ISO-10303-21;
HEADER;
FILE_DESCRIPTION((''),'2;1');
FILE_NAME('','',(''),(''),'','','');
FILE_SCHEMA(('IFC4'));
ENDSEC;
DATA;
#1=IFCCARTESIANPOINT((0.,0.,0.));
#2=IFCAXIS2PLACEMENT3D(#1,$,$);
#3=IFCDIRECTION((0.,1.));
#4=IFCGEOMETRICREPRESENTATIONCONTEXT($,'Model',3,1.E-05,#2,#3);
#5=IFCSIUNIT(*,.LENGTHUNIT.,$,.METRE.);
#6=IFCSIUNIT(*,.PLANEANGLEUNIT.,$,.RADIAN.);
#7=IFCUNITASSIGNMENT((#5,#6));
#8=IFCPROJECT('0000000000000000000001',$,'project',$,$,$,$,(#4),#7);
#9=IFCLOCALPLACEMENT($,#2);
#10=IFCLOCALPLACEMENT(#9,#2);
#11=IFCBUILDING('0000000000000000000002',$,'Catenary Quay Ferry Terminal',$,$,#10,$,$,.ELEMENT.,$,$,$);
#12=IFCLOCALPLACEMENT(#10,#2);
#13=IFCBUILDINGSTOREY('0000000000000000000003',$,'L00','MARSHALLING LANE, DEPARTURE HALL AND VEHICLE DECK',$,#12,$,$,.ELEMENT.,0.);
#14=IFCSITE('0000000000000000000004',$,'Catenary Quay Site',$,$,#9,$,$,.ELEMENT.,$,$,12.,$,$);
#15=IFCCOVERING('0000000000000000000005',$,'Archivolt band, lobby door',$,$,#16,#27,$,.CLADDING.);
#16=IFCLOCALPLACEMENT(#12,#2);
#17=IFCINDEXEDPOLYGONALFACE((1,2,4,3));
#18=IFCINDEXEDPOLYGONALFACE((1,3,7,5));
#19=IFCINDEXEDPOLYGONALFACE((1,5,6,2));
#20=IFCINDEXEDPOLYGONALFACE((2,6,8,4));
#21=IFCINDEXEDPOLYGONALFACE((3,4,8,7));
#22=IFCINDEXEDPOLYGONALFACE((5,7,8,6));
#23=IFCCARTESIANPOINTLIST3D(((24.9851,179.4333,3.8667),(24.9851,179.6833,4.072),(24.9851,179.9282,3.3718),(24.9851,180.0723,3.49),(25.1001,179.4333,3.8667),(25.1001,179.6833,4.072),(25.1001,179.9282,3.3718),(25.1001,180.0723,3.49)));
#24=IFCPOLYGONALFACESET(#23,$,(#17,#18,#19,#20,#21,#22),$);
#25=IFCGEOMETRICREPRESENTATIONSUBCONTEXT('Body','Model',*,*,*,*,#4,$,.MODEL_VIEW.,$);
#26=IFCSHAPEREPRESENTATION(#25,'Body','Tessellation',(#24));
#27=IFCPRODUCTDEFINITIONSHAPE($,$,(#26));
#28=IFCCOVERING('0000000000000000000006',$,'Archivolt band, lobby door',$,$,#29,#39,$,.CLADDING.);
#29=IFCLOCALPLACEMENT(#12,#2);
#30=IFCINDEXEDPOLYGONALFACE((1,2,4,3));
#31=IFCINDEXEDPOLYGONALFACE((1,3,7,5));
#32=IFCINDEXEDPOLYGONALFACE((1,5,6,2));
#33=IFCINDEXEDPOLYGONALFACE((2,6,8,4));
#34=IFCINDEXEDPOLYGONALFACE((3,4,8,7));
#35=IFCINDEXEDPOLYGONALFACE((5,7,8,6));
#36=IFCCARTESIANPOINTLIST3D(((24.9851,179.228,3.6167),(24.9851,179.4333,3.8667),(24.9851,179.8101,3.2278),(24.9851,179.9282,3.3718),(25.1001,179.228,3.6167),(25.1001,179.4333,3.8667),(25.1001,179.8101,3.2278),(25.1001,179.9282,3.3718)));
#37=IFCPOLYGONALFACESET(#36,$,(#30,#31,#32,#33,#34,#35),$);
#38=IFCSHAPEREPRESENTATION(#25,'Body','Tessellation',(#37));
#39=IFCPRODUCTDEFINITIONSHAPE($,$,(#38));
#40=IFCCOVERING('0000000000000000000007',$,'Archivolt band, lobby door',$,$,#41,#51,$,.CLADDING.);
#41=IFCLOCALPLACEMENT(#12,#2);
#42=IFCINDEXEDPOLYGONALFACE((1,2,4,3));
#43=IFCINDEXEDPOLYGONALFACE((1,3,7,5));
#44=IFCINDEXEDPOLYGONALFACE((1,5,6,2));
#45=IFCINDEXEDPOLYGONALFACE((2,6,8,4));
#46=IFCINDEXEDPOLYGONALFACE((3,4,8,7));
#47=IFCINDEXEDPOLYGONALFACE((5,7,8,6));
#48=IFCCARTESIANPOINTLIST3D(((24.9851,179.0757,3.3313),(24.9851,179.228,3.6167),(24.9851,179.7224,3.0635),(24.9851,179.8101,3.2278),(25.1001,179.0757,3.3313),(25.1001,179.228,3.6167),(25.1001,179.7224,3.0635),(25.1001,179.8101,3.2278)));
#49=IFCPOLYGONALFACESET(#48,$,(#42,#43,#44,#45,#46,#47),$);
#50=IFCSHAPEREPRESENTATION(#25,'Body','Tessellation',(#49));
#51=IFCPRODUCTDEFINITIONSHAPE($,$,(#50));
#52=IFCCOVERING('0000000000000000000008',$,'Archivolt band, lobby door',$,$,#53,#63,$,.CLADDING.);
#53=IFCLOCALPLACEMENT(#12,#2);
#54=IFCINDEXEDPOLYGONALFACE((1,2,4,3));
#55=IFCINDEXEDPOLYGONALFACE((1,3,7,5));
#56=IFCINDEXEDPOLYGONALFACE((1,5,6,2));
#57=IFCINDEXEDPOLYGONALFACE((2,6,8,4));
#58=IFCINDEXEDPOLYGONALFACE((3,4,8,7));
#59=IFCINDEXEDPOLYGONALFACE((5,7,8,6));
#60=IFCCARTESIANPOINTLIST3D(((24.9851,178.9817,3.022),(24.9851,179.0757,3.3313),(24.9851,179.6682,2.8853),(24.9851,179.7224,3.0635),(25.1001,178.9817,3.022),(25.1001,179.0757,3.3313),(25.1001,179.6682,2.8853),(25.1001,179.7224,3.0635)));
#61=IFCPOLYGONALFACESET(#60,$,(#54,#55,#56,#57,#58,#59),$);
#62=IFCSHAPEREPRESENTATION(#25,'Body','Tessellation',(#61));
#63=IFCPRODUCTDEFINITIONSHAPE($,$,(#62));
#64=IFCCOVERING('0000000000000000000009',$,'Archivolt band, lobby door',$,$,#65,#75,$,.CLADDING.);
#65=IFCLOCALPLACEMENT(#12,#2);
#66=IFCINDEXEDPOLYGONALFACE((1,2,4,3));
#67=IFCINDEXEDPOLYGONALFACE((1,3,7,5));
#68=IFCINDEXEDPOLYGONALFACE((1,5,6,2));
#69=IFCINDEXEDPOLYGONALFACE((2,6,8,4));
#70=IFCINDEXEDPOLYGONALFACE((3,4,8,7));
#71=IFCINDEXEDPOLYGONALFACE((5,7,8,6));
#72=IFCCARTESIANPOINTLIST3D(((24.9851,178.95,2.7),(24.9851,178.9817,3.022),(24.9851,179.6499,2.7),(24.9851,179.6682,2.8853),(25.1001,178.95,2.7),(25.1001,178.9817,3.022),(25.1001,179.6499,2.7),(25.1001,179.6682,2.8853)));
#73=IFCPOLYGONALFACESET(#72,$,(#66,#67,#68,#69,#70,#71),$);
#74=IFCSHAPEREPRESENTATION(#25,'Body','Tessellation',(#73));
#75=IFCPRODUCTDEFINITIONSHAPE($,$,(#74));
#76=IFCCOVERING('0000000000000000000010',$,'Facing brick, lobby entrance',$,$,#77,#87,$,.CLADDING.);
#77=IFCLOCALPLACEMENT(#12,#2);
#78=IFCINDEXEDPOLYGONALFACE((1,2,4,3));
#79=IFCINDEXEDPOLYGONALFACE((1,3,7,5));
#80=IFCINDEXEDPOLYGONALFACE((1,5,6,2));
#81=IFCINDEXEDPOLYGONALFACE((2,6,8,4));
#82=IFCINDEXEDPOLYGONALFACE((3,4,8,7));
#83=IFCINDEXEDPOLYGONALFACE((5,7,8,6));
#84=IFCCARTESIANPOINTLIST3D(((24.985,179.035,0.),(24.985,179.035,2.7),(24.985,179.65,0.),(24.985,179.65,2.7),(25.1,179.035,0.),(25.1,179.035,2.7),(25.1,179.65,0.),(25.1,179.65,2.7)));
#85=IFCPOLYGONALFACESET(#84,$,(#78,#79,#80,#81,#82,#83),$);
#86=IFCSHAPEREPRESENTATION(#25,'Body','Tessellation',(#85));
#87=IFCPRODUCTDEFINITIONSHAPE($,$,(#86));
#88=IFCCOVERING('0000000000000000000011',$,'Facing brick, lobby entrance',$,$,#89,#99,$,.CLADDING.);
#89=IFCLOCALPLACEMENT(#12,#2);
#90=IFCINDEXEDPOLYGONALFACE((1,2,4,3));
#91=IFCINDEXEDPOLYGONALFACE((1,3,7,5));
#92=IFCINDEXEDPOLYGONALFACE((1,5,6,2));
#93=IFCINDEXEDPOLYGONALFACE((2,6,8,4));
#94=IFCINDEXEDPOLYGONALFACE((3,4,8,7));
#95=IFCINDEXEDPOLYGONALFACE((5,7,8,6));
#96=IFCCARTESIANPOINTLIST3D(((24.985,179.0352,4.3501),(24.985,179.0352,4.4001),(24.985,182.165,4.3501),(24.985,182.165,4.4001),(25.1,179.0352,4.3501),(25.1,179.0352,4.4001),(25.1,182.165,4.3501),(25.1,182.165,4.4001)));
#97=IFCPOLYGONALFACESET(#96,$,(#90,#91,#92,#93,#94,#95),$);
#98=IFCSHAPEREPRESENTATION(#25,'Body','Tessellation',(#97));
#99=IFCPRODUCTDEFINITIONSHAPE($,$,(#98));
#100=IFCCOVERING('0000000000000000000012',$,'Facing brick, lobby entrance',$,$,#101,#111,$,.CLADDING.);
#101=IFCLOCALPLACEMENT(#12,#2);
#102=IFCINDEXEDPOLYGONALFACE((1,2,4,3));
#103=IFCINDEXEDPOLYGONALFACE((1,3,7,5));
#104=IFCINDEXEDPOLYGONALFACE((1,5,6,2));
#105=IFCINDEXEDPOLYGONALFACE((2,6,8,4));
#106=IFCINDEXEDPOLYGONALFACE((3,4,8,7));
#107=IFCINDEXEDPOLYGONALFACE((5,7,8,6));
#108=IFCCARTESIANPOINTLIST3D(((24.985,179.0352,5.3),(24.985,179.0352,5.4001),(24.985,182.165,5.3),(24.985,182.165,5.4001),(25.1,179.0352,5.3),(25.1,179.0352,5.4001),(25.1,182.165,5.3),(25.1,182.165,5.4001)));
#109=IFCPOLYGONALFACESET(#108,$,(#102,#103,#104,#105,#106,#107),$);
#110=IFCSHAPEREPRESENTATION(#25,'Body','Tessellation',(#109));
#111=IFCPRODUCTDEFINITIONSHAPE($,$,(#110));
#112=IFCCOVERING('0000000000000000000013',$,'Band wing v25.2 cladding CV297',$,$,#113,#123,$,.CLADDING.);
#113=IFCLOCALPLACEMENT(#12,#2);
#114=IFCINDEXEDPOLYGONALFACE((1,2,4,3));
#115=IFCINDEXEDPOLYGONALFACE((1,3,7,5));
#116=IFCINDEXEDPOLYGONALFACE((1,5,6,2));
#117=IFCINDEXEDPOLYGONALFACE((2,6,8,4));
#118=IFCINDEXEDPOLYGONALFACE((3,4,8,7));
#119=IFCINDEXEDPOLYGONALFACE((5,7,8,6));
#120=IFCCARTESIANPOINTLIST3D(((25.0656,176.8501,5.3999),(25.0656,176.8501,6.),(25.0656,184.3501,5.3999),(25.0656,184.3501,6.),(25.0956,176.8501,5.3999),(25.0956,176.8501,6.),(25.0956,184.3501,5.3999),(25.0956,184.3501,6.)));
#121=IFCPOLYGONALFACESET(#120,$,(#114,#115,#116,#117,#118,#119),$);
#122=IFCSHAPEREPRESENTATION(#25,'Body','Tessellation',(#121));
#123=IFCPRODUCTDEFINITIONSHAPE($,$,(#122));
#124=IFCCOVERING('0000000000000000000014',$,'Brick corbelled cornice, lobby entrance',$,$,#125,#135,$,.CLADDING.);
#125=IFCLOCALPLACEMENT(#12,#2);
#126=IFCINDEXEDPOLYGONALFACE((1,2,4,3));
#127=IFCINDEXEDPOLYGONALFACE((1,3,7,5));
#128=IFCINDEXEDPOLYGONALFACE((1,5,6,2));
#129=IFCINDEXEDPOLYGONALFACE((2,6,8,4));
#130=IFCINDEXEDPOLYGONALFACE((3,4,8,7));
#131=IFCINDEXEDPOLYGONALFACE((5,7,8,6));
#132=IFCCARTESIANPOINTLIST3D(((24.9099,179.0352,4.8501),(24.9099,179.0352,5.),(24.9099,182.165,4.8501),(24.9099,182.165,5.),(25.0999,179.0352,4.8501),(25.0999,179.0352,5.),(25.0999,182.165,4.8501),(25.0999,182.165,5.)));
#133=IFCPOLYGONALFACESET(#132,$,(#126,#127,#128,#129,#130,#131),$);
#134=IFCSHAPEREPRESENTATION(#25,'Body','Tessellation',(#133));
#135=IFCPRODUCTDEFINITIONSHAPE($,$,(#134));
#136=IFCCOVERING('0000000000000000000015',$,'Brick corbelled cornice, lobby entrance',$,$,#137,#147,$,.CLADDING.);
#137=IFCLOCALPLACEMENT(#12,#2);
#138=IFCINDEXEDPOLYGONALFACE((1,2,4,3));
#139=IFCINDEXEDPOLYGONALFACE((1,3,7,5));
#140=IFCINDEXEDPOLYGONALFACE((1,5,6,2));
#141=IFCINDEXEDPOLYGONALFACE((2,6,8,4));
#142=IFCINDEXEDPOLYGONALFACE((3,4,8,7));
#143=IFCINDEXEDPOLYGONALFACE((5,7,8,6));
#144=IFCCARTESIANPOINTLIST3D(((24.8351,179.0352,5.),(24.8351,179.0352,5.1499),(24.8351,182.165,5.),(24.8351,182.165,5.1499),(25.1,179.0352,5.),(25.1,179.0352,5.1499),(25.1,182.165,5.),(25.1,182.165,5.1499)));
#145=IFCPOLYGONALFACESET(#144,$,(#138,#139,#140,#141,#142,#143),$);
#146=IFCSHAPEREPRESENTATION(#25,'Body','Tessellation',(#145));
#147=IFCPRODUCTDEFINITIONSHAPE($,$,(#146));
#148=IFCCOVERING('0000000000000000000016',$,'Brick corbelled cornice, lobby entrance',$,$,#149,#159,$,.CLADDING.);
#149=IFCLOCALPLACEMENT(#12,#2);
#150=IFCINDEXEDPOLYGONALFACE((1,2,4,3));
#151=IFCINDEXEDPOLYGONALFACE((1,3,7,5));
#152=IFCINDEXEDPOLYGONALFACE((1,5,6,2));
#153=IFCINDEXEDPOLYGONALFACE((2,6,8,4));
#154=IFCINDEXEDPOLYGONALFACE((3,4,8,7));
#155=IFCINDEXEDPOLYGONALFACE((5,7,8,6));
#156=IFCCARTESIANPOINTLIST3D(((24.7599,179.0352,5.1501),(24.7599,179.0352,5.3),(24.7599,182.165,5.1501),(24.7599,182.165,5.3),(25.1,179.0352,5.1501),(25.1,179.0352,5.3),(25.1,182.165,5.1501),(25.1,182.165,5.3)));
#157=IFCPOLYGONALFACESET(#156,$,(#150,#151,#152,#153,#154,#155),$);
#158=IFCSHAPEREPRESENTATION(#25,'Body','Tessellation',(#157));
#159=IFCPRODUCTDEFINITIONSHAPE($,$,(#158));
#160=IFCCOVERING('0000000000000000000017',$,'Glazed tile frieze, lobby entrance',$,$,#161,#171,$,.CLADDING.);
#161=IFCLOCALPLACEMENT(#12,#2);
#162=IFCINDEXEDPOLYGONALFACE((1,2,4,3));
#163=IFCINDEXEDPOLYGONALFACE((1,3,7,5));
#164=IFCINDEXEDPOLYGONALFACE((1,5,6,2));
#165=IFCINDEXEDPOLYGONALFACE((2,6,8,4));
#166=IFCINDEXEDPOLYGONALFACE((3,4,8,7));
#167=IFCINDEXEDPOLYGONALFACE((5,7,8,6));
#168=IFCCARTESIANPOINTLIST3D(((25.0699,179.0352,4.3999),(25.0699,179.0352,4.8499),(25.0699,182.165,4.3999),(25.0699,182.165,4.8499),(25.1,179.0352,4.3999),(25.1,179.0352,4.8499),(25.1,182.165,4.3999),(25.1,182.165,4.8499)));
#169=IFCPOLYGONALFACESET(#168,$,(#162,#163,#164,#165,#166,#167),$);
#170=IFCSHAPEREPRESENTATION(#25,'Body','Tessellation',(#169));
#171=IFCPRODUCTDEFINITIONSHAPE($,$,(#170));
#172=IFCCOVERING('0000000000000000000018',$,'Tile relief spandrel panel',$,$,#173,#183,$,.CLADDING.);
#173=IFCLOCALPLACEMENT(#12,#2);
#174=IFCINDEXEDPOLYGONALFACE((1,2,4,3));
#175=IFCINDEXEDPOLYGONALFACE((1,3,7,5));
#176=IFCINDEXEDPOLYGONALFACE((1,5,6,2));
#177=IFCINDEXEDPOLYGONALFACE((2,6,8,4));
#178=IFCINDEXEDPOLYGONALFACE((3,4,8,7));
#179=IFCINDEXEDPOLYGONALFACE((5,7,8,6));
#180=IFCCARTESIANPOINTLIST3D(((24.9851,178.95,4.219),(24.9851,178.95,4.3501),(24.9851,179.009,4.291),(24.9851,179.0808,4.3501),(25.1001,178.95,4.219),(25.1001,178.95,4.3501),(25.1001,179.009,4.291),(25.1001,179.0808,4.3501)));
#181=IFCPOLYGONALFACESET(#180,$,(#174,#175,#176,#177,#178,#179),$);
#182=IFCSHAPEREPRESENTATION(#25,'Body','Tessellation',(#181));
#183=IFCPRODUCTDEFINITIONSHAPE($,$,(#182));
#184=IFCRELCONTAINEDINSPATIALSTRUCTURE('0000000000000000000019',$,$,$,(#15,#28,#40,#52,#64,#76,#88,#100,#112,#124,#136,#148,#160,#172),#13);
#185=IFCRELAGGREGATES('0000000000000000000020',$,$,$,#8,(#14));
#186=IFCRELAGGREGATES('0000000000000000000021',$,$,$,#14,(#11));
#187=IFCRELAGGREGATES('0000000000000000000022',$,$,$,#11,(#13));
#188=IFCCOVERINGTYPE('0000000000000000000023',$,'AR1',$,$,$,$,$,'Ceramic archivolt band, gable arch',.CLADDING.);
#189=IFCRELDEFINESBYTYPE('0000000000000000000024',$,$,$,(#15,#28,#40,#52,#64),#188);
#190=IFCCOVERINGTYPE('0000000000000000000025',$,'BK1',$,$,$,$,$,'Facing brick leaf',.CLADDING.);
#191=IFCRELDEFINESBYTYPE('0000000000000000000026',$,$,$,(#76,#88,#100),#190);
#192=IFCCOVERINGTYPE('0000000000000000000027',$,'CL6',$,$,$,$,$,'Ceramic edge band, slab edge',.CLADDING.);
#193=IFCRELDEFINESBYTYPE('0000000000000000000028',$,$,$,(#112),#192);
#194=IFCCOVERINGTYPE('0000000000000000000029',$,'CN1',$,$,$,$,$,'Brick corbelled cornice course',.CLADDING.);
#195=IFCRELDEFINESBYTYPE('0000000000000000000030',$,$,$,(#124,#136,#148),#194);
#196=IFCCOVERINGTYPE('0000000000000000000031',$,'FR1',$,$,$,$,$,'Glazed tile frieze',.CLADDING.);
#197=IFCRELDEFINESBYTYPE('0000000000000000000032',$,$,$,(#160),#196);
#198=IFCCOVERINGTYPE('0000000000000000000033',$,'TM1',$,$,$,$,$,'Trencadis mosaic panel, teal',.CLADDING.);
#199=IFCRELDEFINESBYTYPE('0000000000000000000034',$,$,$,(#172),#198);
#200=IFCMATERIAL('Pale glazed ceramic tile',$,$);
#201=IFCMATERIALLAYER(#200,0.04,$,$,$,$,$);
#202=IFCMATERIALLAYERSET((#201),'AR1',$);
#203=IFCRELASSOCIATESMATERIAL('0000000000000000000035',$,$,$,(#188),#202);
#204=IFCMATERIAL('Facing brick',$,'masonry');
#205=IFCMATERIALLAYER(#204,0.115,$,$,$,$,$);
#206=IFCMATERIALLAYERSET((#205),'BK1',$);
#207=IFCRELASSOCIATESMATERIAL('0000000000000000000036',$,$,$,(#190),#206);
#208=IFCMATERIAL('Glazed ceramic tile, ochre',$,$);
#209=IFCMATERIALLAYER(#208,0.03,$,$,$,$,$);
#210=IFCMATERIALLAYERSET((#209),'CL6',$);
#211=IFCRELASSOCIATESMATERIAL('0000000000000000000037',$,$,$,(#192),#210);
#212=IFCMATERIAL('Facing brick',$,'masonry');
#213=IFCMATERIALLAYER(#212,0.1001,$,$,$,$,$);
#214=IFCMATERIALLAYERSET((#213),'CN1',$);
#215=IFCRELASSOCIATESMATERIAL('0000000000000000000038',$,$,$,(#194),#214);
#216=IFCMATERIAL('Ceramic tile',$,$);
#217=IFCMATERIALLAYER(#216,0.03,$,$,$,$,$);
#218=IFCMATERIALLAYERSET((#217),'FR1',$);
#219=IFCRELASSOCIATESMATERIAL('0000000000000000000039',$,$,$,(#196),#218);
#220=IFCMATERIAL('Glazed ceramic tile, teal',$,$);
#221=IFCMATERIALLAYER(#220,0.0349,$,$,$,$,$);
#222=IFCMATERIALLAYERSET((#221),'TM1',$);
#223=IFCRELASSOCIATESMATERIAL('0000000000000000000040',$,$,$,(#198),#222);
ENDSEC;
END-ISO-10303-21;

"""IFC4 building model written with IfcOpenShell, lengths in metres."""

from ifc_helpers import new_model, si_unit, direction, frame, origin, origin_2d, place, context, subcontext, project, spatial, polyline, rectangle, outline, extrude, material, layer, layer_set, type_object, element, save


model = new_model("IFC4")

# Units and contexts
model_context = context("Model", 3, precision=1e-05, world=origin(), true_north=direction((0.0, 1.0)))
body_context = subcontext(model_context, "Body", "Model", "MODEL_VIEW")
ifc_project = project(units=[si_unit("LENGTHUNIT", "METRE"), si_unit("PLANEANGLEUNIT", "RADIAN")], contexts=[model_context])

# Site, building, storey
site_placement = place(None, origin())
site = spatial("IfcSite", under=ifc_project, at=site_placement, Name="Catenary Quay Site", CompositionType="ELEMENT", RefElevation=12.0)
building_placement = place(site_placement, origin())
building = spatial("IfcBuilding", under=site, at=building_placement, Name="Catenary Quay Ferry Terminal", CompositionType="ELEMENT")
storey_placement = place(building_placement, origin())
storey = spatial("IfcBuildingStorey", under=building, at=storey_placement, Name="L00", Description="MARSHALLING LANE, DEPARTURE HALL AND VEHICLE DECK", CompositionType="ELEMENT", Elevation=0.0)

# Coverings
ifc_material_1 = material(Name="Pale glazed ceramic tile")
ifc_layer_1 = layer(ifc_material_1, 0.04)
ifc_layer_set_1 = layer_set([ifc_layer_1], Name="AR1")
covering_type_1 = type_object("IfcCoveringType", Name="AR1", ElementType="Ceramic archivolt band, gable arch", PredefinedType="CLADDING", material=ifc_layer_set_1)
covering_1_placement = place(storey_placement, frame((25.1001, 179.6833, 4.072), z_axis=(1.0, 0.0, 0.0), x_axis=(0.0, -0.772779, -0.634675)))
element("IfcCovering", 1, at=covering_1_placement, inside=storey, type_object=covering_type_1, Name="Archivolt band, lobby door", PredefinedType="CLADDING", context=body_context, shape_type="SweptSolid", body=[
    extrude(outline(polyline([(0.0, 0.0), (0.3235, 0.0), (0.2552, 0.6965), (0.0689, 0.6966), (0.0, 0.0)])), origin(), (0.0, 0.0, -1.0), 0.115),
])
covering_2_placement = place(storey_placement, frame((25.1001, 179.4333, 3.8667), z_axis=(1.0, 0.0, 0.0), x_axis=(0.0, -0.634675, -0.772779)))
element("IfcCovering", 2, at=covering_2_placement, inside=storey, type_object=covering_type_1, Name="Archivolt band, lobby door", PredefinedType="CLADDING", context=body_context, shape_type="SweptSolid", body=[
    extrude(outline(polyline([(0.0, 0.0), (0.3235, 0.0), (0.2547, 0.6966), (0.0683, 0.6965), (0.0, 0.0)])), origin(), (0.0, 0.0, -1.0), 0.115),
])
covering_3_placement = place(storey_placement, frame((25.1001, 179.228, 3.6167), z_axis=(1.0, 0.0, 0.0), x_axis=(0.0, -0.470902, -0.882186)))
element("IfcCovering", 3, at=covering_3_placement, inside=storey, type_object=covering_type_1, Name="Archivolt band, lobby door", PredefinedType="CLADDING", context=body_context, shape_type="SweptSolid", body=[
    extrude(outline(polyline([(0.0, 0.0), (0.3235, 0.0), (0.2552, 0.6967), (0.069, 0.6966), (0.0, 0.0)])), origin(), (0.0, 0.0, -1.0), 0.115),
])
covering_4_placement = place(storey_placement, frame((25.1001, 179.0757, 3.3313), z_axis=(1.0, 0.0, 0.0), x_axis=(0.0, -0.290741, -0.956802)))
element("IfcCovering", 4, at=covering_4_placement, inside=storey, type_object=covering_type_1, Name="Archivolt band, lobby door", PredefinedType="CLADDING", context=body_context, shape_type="SweptSolid", body=[
    extrude(outline(polyline([(0.0, 0.0), (0.3233, 0.0), (0.2545, 0.6966), (0.0682, 0.6967), (0.0, 0.0)])), origin(), (0.0, 0.0, -1.0), 0.115),
])
covering_5_placement = place(storey_placement, frame((25.1001, 178.9817, 3.022), z_axis=(1.0, 0.0, 0.0), x_axis=(0.0, -0.098084, -0.995178)))
element("IfcCovering", 5, at=covering_5_placement, inside=storey, type_object=covering_type_1, Name="Archivolt band, lobby door", PredefinedType="CLADDING", context=body_context, shape_type="SweptSolid", body=[
    extrude(outline(polyline([(0.0, 0.0), (0.3236, 0.0), (0.2549, 0.6966), (0.0687, 0.6966), (0.0, 0.0)])), origin(), (0.0, 0.0, -1.0), 0.115),
])
ifc_material_2 = material(Name="Facing brick", Category="masonry")
ifc_layer_2 = layer(ifc_material_2, 0.115)
ifc_layer_set_2 = layer_set([ifc_layer_2], Name="BK1")
covering_type_2 = type_object("IfcCoveringType", Name="BK1", ElementType="Facing brick leaf", PredefinedType="CLADDING", material=ifc_layer_set_2)
covering_6_placement = place(storey_placement, frame((25.0425, 179.3425, 0.0), z_axis=(0.0, 0.0, 1.0), x_axis=(1.0, 0.0, 0.0)))
element("IfcCovering", 6, at=covering_6_placement, inside=storey, type_object=covering_type_2, Name="Facing brick, lobby entrance", PredefinedType="CLADDING", context=body_context, shape_type="SweptSolid", body=[
    extrude(rectangle(XDim=0.115, YDim=0.615, at=origin_2d()), origin(), (0.0, 0.0, 1.0), 2.7),
])
covering_7_placement = place(storey_placement, frame((25.0425, 180.6001, 4.3501), z_axis=(0.0, 0.0, 1.0), x_axis=(1.0, 0.0, 0.0)))
element("IfcCovering", 7, at=covering_7_placement, inside=storey, type_object=covering_type_2, Name="Facing brick, lobby entrance", PredefinedType="CLADDING", context=body_context, shape_type="SweptSolid", body=[
    extrude(rectangle(XDim=0.115, YDim=3.1299, at=origin_2d()), origin(), (0.0, 0.0, 1.0), 0.05),
])
covering_8_placement = place(storey_placement, frame((25.0425, 180.6001, 5.3), z_axis=(0.0, 0.0, 1.0), x_axis=(1.0, 0.0, 0.0)))
element("IfcCovering", 8, at=covering_8_placement, inside=storey, type_object=covering_type_2, Name="Facing brick, lobby entrance", PredefinedType="CLADDING", context=body_context, shape_type="SweptSolid", body=[
    extrude(rectangle(XDim=0.115, YDim=3.1299, at=origin_2d()), origin(), (0.0, 0.0, 1.0), 0.1001),
])
ifc_material_3 = material(Name="Glazed ceramic tile, ochre")
ifc_layer_3 = layer(ifc_material_3, 0.03)
ifc_layer_set_3 = layer_set([ifc_layer_3], Name="CL6")
covering_type_3 = type_object("IfcCoveringType", Name="CL6", ElementType="Ceramic edge band, slab edge", PredefinedType="CLADDING", material=ifc_layer_set_3)
covering_9_placement = place(storey_placement, frame((25.0806, 180.6001, 5.3999), z_axis=(0.0, 0.0, 1.0), x_axis=(1.0, 0.0, 0.0)))
element("IfcCovering", 9, at=covering_9_placement, inside=storey, type_object=covering_type_3, Name="Band wing v25.2 cladding CV297", PredefinedType="CLADDING", context=body_context, shape_type="SweptSolid", body=[
    extrude(rectangle(XDim=0.03, YDim=7.5, at=origin_2d()), origin(), (0.0, 0.0, 1.0), 0.6001),
])
ifc_material_4 = material(Name="Facing brick", Category="masonry")
ifc_layer_4 = layer(ifc_material_4, 0.1001)
ifc_layer_set_4 = layer_set([ifc_layer_4], Name="CN1")
covering_type_4 = type_object("IfcCoveringType", Name="CN1", ElementType="Brick corbelled cornice course", PredefinedType="CLADDING", material=ifc_layer_set_4)
covering_10_placement = place(storey_placement, frame((25.0049, 180.6001, 4.8501), z_axis=(0.0, 0.0, 1.0), x_axis=(1.0, 0.0, 0.0)))
element("IfcCovering", 10, at=covering_10_placement, inside=storey, type_object=covering_type_4, Name="Brick corbelled cornice, lobby entrance", PredefinedType="CLADDING", context=body_context, shape_type="SweptSolid", body=[
    extrude(rectangle(XDim=0.1899, YDim=3.1299, at=origin_2d()), origin(), (0.0, 0.0, 1.0), 0.1499),
])
covering_11_placement = place(storey_placement, frame((24.9675, 180.6001, 5.0), z_axis=(0.0, 0.0, 1.0), x_axis=(1.0, 0.0, 0.0)))
element("IfcCovering", 11, at=covering_11_placement, inside=storey, type_object=covering_type_4, Name="Brick corbelled cornice, lobby entrance", PredefinedType="CLADDING", context=body_context, shape_type="SweptSolid", body=[
    extrude(rectangle(XDim=0.2649, YDim=3.1299, at=origin_2d()), origin(), (0.0, 0.0, 1.0), 0.1499),
])
covering_12_placement = place(storey_placement, frame((24.9299, 180.6001, 5.1501), z_axis=(0.0, 0.0, 1.0), x_axis=(1.0, 0.0, 0.0)))
element("IfcCovering", 12, at=covering_12_placement, inside=storey, type_object=covering_type_4, Name="Brick corbelled cornice, lobby entrance", PredefinedType="CLADDING", context=body_context, shape_type="SweptSolid", body=[
    extrude(rectangle(XDim=0.3401, YDim=3.1299, at=origin_2d()), origin(), (0.0, 0.0, 1.0), 0.1499),
])
ifc_material_5 = material(Name="Ceramic tile")
ifc_layer_5 = layer(ifc_material_5, 0.03)
ifc_layer_set_5 = layer_set([ifc_layer_5], Name="FR1")
covering_type_5 = type_object("IfcCoveringType", Name="FR1", ElementType="Glazed tile frieze", PredefinedType="CLADDING", material=ifc_layer_set_5)
covering_13_placement = place(storey_placement, frame((25.085, 180.6001, 4.3999), z_axis=(0.0, 0.0, 1.0), x_axis=(1.0, 0.0, 0.0)))
element("IfcCovering", 13, at=covering_13_placement, inside=storey, type_object=covering_type_5, Name="Glazed tile frieze, lobby entrance", PredefinedType="CLADDING", context=body_context, shape_type="SweptSolid", body=[
    extrude(rectangle(XDim=0.03, YDim=3.1299, at=origin_2d()), origin(), (0.0, 0.0, 1.0), 0.45),
])
ifc_material_6 = material(Name="Glazed ceramic tile, teal")
ifc_layer_6 = layer(ifc_material_6, 0.0349)
ifc_layer_set_6 = layer_set([ifc_layer_6], Name="TM1")
covering_type_6 = type_object("IfcCoveringType", Name="TM1", ElementType="Trencadis mosaic panel, teal", PredefinedType="CLADDING", material=ifc_layer_set_6)
covering_14_placement = place(storey_placement, frame((25.1001, 178.95, 4.3501), z_axis=(1.0, 0.0, 0.0), x_axis=(0.0, 0.0, -1.0)))
element("IfcCovering", 14, at=covering_14_placement, inside=storey, type_object=covering_type_6, Name="Tile relief spandrel panel", PredefinedType="CLADDING", context=body_context, shape_type="SweptSolid", body=[
    extrude(outline(polyline([(0.0, 0.0), (0.1311, 0.0), (0.0591, 0.0591), (0.0, 0.1309), (0.0, 0.0)])), origin(), (0.0, 0.0, -1.0), 0.115),
])

save(model, "model.ifc")
